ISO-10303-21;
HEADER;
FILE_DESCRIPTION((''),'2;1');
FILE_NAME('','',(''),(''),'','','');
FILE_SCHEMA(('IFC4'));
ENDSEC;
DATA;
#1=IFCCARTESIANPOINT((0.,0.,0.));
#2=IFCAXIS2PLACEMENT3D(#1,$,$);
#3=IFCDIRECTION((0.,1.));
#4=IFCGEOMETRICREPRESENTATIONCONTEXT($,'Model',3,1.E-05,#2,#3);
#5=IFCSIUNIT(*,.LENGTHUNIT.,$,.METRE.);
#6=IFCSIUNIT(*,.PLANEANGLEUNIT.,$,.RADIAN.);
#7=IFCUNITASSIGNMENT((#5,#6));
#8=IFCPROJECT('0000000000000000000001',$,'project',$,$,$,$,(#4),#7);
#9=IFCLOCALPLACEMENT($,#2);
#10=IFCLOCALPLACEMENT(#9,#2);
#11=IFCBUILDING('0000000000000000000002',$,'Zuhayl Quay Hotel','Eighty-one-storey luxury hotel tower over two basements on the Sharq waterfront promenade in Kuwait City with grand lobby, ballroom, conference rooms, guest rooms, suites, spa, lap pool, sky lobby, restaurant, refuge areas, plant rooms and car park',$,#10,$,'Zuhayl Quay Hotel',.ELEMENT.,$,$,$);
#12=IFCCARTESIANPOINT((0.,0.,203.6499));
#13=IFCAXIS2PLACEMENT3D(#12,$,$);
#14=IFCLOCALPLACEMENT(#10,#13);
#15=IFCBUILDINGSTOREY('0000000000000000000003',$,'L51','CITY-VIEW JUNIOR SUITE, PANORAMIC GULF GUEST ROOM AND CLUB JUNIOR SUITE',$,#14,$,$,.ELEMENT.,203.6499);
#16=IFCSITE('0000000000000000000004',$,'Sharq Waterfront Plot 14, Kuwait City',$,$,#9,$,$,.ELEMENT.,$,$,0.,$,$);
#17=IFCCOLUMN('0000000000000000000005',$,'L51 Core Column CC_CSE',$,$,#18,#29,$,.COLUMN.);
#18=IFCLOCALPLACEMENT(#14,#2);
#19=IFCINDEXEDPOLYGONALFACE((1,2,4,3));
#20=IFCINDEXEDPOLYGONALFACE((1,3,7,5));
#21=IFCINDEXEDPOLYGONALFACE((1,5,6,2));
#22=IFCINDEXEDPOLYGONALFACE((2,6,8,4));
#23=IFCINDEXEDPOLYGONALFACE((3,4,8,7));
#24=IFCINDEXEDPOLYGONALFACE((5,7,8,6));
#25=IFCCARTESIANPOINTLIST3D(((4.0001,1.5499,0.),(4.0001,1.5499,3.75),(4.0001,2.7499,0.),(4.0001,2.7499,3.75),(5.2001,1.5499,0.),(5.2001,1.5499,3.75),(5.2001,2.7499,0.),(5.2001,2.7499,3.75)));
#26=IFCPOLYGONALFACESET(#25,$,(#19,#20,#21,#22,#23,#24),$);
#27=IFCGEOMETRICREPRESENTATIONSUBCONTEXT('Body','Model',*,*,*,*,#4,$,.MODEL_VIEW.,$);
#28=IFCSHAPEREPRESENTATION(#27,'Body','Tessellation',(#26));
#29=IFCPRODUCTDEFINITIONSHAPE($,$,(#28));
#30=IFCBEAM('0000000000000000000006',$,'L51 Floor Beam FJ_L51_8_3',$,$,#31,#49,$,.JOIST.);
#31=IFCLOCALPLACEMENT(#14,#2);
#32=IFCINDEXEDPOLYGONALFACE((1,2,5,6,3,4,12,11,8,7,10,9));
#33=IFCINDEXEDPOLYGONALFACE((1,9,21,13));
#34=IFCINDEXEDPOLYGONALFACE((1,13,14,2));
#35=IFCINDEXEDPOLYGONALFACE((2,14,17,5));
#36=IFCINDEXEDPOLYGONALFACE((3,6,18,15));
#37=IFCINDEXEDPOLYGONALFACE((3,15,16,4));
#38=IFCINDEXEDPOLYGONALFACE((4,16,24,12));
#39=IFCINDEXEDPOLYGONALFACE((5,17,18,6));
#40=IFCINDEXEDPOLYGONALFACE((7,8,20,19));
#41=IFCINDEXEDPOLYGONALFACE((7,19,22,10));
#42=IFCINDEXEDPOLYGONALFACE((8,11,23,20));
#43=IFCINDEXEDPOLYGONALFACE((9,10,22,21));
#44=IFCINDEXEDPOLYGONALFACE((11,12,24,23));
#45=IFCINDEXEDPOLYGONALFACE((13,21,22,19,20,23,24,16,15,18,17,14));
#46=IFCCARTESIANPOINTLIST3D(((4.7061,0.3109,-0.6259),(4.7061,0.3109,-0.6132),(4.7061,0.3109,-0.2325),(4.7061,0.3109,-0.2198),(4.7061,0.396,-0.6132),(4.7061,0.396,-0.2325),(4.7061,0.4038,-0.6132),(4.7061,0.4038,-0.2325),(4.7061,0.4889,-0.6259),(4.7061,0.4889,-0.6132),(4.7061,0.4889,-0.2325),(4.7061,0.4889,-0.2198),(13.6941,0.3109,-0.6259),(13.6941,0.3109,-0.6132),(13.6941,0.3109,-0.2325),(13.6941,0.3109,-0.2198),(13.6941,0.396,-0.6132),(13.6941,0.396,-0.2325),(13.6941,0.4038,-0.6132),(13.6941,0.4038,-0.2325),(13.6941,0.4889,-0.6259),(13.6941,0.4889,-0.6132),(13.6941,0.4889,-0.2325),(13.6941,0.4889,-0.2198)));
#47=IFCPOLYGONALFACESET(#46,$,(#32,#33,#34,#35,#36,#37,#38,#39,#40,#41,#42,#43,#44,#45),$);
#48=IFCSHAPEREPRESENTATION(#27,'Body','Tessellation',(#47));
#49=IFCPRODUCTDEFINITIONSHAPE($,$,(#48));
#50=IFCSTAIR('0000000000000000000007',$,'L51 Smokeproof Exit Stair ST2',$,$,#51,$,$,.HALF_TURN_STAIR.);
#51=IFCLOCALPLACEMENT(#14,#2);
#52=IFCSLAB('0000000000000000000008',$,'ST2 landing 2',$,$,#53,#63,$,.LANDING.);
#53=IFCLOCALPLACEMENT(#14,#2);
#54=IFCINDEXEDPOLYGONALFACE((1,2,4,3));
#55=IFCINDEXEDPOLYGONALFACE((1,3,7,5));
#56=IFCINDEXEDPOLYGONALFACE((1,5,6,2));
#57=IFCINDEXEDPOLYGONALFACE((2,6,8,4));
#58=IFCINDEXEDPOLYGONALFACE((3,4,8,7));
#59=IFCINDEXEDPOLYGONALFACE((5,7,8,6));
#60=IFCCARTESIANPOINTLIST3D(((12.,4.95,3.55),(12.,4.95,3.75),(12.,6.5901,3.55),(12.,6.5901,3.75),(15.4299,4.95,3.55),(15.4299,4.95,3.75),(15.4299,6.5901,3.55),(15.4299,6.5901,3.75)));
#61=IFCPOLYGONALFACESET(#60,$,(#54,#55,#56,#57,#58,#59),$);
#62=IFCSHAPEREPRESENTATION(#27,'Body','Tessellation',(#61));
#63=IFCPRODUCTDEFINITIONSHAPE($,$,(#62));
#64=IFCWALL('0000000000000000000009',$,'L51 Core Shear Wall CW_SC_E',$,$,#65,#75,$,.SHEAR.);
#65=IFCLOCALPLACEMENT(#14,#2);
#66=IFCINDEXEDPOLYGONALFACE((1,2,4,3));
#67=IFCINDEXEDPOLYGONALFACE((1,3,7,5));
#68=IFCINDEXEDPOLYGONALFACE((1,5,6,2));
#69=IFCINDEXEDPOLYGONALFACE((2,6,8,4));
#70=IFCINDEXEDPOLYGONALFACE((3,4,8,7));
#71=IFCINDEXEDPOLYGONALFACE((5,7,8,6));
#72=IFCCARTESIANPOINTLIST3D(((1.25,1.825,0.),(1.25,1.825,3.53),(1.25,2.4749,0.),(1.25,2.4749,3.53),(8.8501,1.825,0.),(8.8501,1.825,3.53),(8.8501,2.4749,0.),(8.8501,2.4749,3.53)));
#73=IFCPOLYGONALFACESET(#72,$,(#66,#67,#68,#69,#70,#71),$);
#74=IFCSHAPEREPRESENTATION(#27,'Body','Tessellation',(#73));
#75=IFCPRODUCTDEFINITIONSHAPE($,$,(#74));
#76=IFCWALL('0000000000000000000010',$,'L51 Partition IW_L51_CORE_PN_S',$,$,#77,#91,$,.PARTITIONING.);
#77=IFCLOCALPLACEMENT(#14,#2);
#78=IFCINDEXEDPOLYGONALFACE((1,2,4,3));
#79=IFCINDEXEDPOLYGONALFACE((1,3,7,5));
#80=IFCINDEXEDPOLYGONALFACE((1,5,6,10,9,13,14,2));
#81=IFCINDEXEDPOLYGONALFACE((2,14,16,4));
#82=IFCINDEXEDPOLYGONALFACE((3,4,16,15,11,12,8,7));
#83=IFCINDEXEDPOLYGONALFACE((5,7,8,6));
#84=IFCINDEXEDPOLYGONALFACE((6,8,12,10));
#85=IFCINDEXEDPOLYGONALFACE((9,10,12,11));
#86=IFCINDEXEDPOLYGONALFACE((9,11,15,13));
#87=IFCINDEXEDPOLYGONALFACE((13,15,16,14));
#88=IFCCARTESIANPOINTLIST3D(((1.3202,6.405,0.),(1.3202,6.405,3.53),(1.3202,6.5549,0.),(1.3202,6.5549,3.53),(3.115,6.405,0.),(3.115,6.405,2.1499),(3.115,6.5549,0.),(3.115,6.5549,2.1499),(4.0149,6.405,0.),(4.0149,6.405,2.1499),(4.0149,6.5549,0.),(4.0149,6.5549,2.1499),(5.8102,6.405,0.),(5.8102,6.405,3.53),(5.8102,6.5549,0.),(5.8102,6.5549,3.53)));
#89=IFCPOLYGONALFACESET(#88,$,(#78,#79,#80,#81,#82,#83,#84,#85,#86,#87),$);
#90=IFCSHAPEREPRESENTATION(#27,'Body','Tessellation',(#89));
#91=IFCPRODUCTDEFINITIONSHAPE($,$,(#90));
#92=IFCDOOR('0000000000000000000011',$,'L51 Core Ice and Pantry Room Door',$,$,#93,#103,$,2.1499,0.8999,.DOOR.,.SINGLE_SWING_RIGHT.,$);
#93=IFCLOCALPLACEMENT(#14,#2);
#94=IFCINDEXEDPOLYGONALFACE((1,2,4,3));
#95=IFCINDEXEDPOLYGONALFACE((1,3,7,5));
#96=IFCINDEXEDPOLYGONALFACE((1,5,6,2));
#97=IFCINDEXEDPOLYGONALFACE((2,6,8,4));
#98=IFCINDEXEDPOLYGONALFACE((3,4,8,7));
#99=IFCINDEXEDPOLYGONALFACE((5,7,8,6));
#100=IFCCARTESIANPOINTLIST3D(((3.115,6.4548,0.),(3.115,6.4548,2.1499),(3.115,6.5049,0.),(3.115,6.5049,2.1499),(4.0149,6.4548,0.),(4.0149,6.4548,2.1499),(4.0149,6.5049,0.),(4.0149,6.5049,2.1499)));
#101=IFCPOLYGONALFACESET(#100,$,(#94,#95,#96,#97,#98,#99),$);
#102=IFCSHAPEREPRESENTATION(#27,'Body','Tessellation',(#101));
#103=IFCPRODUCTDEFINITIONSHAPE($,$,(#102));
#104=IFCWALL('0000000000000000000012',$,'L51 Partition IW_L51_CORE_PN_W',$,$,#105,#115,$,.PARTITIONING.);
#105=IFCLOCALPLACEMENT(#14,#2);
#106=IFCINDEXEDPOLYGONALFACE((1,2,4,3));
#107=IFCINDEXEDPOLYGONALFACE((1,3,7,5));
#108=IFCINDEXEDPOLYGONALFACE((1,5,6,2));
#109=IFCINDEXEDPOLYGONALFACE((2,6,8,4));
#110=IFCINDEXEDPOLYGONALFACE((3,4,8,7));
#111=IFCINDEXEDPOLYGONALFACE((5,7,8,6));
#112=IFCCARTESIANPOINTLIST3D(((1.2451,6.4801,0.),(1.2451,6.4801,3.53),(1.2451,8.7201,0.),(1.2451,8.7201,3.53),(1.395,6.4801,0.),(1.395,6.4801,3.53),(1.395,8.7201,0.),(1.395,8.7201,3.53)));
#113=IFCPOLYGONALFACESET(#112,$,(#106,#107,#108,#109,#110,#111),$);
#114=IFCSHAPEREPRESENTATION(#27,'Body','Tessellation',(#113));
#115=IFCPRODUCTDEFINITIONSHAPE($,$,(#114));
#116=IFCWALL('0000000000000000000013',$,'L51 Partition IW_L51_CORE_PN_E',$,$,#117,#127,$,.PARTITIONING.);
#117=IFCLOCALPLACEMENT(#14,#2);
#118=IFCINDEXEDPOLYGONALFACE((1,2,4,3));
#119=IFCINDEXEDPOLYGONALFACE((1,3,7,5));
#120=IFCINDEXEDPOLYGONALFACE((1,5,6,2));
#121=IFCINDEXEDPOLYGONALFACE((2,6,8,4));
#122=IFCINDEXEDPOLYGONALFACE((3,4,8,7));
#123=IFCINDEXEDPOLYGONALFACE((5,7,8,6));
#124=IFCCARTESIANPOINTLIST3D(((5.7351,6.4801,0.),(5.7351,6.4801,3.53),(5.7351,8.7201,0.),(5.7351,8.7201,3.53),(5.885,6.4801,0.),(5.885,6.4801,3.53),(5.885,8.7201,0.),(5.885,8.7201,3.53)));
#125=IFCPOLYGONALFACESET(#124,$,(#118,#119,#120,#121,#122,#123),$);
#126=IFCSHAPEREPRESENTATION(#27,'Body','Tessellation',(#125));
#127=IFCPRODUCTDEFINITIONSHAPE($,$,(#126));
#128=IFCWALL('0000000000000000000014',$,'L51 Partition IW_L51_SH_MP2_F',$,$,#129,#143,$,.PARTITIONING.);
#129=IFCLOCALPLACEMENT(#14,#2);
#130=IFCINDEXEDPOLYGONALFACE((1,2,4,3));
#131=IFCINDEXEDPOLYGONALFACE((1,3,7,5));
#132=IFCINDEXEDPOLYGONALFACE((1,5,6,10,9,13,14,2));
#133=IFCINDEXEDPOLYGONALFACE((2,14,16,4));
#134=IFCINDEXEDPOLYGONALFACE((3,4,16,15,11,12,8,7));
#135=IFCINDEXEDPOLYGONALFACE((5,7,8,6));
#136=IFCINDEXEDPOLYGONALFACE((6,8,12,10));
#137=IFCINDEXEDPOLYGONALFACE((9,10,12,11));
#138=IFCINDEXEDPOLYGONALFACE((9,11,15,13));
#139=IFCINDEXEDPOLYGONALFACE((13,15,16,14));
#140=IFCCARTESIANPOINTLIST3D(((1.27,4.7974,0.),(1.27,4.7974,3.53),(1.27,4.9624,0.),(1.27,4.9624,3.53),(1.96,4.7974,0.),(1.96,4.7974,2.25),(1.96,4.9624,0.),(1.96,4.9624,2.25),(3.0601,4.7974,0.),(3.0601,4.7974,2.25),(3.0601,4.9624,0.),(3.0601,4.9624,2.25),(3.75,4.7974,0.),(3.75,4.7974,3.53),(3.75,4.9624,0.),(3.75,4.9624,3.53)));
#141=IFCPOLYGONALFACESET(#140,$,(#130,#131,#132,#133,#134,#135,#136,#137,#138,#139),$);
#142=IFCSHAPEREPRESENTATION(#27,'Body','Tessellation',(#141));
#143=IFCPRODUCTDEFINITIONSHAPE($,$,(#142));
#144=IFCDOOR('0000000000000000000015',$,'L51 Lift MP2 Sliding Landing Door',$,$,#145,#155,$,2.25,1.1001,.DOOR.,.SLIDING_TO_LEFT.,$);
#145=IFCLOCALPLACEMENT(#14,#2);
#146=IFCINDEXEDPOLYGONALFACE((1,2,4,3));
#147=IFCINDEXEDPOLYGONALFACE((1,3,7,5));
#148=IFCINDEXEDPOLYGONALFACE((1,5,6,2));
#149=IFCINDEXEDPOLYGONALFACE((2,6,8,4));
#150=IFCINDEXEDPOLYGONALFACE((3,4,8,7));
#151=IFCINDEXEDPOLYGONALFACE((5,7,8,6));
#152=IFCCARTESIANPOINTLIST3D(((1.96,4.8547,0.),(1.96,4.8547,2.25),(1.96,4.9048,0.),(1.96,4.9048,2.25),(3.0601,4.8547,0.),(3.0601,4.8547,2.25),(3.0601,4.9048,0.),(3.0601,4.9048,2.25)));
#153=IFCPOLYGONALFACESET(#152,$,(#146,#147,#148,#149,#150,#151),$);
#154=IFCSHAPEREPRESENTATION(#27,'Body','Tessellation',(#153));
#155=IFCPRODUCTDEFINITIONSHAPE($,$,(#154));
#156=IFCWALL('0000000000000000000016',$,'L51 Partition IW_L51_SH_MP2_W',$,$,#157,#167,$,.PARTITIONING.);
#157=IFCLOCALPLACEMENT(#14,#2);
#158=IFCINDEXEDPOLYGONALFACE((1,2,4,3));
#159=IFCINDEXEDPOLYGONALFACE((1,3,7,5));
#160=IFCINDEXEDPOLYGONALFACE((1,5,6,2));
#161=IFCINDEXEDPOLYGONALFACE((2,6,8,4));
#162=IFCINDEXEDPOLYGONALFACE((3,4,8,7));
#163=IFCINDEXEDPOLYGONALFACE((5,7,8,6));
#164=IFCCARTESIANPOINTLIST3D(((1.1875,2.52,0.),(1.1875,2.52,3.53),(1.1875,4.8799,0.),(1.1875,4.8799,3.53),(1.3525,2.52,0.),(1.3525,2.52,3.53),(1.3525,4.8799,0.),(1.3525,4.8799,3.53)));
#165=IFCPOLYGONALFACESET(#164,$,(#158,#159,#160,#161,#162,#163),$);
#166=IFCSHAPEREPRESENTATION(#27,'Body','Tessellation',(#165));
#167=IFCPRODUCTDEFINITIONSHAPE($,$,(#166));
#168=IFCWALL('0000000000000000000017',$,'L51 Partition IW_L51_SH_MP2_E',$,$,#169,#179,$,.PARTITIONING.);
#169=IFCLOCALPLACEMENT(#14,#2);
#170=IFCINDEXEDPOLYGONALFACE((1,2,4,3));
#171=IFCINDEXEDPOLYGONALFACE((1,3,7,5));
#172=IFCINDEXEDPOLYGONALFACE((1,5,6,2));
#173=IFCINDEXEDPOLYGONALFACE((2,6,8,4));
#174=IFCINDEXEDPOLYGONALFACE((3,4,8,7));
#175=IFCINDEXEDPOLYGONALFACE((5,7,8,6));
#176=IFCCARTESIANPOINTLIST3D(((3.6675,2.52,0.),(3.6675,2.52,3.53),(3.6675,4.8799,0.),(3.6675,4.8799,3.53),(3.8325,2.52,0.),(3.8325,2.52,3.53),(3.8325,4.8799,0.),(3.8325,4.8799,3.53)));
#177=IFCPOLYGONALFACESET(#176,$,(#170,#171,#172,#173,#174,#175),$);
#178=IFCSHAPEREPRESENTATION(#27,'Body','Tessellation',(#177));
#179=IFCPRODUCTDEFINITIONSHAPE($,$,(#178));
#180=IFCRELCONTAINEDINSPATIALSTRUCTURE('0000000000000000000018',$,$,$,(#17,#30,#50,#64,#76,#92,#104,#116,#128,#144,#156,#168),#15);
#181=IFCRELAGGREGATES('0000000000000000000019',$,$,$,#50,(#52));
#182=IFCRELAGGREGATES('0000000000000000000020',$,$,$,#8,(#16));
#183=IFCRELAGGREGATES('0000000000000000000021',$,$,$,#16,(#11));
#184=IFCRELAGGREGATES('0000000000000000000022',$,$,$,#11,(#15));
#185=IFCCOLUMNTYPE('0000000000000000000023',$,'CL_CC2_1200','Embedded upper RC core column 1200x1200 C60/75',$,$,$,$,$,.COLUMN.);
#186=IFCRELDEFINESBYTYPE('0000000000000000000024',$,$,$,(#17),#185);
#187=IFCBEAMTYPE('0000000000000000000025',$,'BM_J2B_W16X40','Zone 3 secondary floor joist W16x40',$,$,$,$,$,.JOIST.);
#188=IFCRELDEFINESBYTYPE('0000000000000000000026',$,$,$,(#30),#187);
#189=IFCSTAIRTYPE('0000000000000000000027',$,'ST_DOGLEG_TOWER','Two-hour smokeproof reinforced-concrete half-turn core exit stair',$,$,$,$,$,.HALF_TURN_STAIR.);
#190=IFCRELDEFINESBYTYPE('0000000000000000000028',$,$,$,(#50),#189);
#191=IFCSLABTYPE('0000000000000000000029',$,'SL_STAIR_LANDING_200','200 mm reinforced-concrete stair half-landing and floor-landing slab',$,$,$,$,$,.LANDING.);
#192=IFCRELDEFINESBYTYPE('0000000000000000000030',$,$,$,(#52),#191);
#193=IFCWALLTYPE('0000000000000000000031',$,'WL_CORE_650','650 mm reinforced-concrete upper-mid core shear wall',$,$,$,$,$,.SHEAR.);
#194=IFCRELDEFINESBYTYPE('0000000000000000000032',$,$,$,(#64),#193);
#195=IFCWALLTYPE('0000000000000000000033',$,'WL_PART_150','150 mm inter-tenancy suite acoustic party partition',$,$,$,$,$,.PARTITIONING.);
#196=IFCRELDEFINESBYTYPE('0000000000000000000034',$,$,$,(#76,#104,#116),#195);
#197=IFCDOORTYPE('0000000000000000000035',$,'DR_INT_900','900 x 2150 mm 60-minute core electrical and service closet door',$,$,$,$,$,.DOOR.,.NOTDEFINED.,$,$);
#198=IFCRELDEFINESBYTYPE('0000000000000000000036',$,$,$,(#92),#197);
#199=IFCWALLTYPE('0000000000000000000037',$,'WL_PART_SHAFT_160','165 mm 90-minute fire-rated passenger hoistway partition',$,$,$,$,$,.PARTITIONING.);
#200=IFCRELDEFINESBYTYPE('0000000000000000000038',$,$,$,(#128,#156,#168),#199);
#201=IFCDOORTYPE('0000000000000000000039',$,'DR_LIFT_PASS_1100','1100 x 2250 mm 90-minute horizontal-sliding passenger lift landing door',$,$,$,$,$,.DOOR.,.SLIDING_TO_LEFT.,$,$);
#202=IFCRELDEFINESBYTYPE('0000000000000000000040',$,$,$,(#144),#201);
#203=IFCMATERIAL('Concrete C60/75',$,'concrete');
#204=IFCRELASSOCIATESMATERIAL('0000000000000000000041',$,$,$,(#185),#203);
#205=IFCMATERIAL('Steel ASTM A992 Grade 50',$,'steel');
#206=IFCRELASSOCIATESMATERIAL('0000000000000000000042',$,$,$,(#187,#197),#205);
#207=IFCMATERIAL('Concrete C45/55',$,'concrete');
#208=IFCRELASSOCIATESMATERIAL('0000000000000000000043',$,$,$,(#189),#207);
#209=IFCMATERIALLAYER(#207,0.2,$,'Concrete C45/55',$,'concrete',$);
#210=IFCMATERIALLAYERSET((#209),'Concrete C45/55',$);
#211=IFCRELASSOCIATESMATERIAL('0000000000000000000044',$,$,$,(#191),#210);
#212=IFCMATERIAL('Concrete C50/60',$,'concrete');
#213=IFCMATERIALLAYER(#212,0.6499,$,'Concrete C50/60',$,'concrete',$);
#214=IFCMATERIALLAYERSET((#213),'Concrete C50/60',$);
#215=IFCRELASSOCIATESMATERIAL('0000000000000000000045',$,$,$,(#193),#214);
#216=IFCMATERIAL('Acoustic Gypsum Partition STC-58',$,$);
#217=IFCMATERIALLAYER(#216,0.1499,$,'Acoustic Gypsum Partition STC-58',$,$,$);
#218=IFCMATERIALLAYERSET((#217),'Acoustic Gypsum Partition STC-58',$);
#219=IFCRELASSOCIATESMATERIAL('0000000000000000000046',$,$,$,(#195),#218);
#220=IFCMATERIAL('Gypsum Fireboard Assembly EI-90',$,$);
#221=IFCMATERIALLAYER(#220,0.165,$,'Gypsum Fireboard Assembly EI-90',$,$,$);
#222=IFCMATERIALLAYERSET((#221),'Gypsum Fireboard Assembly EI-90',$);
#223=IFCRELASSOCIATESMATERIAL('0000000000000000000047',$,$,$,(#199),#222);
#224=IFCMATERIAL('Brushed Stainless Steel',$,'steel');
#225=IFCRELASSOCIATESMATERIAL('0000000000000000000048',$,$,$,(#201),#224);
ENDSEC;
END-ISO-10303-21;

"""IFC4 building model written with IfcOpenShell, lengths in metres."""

from ifc_helpers import new_model, si_unit, direction, frame, frame_2d, origin, origin_2d, place, context, subcontext, project, spatial, polyline, rectangle, i_section, outline, extrude, material, layer, layer_set, material_profile, profile_set, type_object, element, fill, aggregate, save


model = new_model("IFC4")

# Units and contexts
model_context = context("Model", 3, precision=1e-05, world=origin(), true_north=direction((0.0, 1.0)))
body_context = subcontext(model_context, "Body", "Model", "MODEL_VIEW")
ifc_project = project(units=[si_unit("LENGTHUNIT", "METRE"), si_unit("PLANEANGLEUNIT", "RADIAN")], contexts=[model_context])

# Site, building, storey
site_placement = place(None, origin())
site = spatial("IfcSite", under=ifc_project, at=site_placement, Name="Sharq Waterfront Plot 14, Kuwait City", CompositionType="ELEMENT", RefElevation=0.0)
building_placement = place(site_placement, origin())
building = spatial("IfcBuilding", under=site, at=building_placement, Name="Zuhayl Quay Hotel", Description="Eighty-one-storey luxury hotel tower over two basements on the Sharq waterfront promenade in Kuwait City with grand lobby, ballroom, conference rooms, guest rooms, suites, spa, lap pool, sky lobby, restaurant, refuge areas, plant rooms and car park", LongName="Zuhayl Quay Hotel", CompositionType="ELEMENT")
storey_placement = place(building_placement, frame((0.0, 0.0, 203.6499)))
storey = spatial("IfcBuildingStorey", under=building, at=storey_placement, Name="L51", Description="CITY-VIEW JUNIOR SUITE, PANORAMIC GULF GUEST ROOM AND CLUB JUNIOR SUITE", CompositionType="ELEMENT", Elevation=203.6499)

# Column
ifc_material_1 = material(Name="Concrete C60/75", Category="concrete")
ifc_material_profile_1 = material_profile(ifc_material_1, rectangle(XDim=1.2, YDim=1.2, at=origin_2d()), Name="RC1200X1200")
ifc_profile_set_1 = profile_set([ifc_material_profile_1], Name="Concrete C60/75")
column_type = type_object("IfcColumnType", Name="CL_CC2_1200", Description="Embedded upper RC core column 1200x1200 C60/75", PredefinedType="COLUMN", material=ifc_profile_set_1)
column_placement = place(storey_placement, frame((4.6001, 2.1499, 0.0), z_axis=(0.0, 0.0, 1.0), x_axis=(1.0, 0.0, 0.0)))
element("IfcColumn", 1, at=column_placement, inside=storey, type_object=column_type, Name="L51 Core Column CC_CSE", PredefinedType="COLUMN", context=body_context, shape_type="SweptSolid", body=[
    extrude(rectangle(XDim=1.2, YDim=1.2, at=origin_2d()), origin(), (0.0, 0.0, 1.0), 3.75),
])

# Beam
ifc_material_2 = material(Name="Steel ASTM A992 Grade 50", Category="steel")
ifc_material_profile_2 = material_profile(ifc_material_2, i_section(OverallWidth=0.178, OverallDepth=0.406, WebThickness=0.0078, FlangeThickness=0.0127, at=origin_2d()), Name="W16X40")
ifc_profile_set_2 = profile_set([ifc_material_profile_2], Name="Steel ASTM A992 Grade 50")
beam_type = type_object("IfcBeamType", Name="BM_J2B_W16X40", Description="Zone 3 secondary floor joist W16x40", PredefinedType="JOIST", material=ifc_profile_set_2)
beam_placement = place(storey_placement, frame((4.7061, 0.3999, -0.4229), z_axis=(1.0, 0.0, 0.0), x_axis=(0.0, 1.0, 0.0)))
element("IfcBeam", 2, at=beam_placement, inside=storey, type_object=beam_type, Name="L51 Floor Beam FJ_L51_8_3", PredefinedType="JOIST", context=body_context, shape_type="SweptSolid", body=[
    extrude(i_section(OverallWidth=0.178, OverallDepth=0.406, WebThickness=0.0078, FlangeThickness=0.0127, at=origin_2d()), origin(), (0.0, 0.0, 1.0), 8.988),
])

# Stair, slab
ifc_material_3 = material(Name="Concrete C45/55", Category="concrete")
stair_type = type_object("IfcStairType", Name="ST_DOGLEG_TOWER", Description="Two-hour smokeproof reinforced-concrete half-turn core exit stair", PredefinedType="HALF_TURN_STAIR", material=ifc_material_3)
stair_placement = place(storey_placement, origin())
stair = element("IfcStair", 3, at=stair_placement, inside=storey, type_object=stair_type, Name="L51 Smokeproof Exit Stair ST2", PredefinedType="HALF_TURN_STAIR")
ifc_layer_1 = layer(ifc_material_3, 0.2, Name="Concrete C45/55", Category="concrete")
ifc_layer_set_1 = layer_set([ifc_layer_1], Name="Concrete C45/55")
slab_type = type_object("IfcSlabType", Name="SL_STAIR_LANDING_200", Description="200 mm reinforced-concrete stair half-landing and floor-landing slab", PredefinedType="LANDING", material=ifc_layer_set_1)
slab_placement = place(storey_placement, frame((0.0, 0.0, 3.55)))
slab = element("IfcSlab", 4, at=slab_placement, type_object=slab_type, Name="ST2 landing 2", PredefinedType="LANDING", context=body_context, shape_type="SweptSolid", body=[
    extrude(outline(polyline([(15.4299, 4.95), (15.4299, 6.5901), (12.0, 6.5901), (12.0, 4.95), (15.4299, 4.95)])), origin(), (0.0, 0.0, 1.0), 0.2),
])
aggregate(stair, [slab])

# Wall
ifc_material_4 = material(Name="Concrete C50/60", Category="concrete")
ifc_layer_2 = layer(ifc_material_4, 0.6499, Name="Concrete C50/60", Category="concrete")
ifc_layer_set_2 = layer_set([ifc_layer_2], Name="Concrete C50/60")
wall_type_1 = type_object("IfcWallType", Name="WL_CORE_650", Description="650 mm reinforced-concrete upper-mid core shear wall", PredefinedType="SHEAR", material=ifc_layer_set_2)
wall_1_placement = place(storey_placement, frame((1.25, 2.1499, 0.0), z_axis=(0.0, 0.0, 1.0), x_axis=(1.0, 0.0, 0.0)))
element("IfcWall", 5, at=wall_1_placement, inside=storey, type_object=wall_type_1, Name="L51 Core Shear Wall CW_SC_E", PredefinedType="SHEAR", context=body_context, shape_type="SweptSolid", body=[
    extrude(rectangle(XDim=7.6001, YDim=0.6499, at=frame_2d((3.8, 0.0))), origin(), (0.0, 0.0, 1.0), 3.53),
])

# Wall, opening, door
ifc_material_5 = material(Name="Acoustic Gypsum Partition STC-58")
ifc_layer_3 = layer(ifc_material_5, 0.1499, Name="Acoustic Gypsum Partition STC-58")
ifc_layer_set_3 = layer_set([ifc_layer_3], Name="Acoustic Gypsum Partition STC-58")
wall_type_2 = type_object("IfcWallType", Name="WL_PART_150", Description="150 mm inter-tenancy suite acoustic party partition", PredefinedType="PARTITIONING", material=ifc_layer_set_3)
wall_2_placement = place(storey_placement, frame((1.3201, 6.48, 0.0), z_axis=(0.0, 0.0, 1.0), x_axis=(1.0, 0.0, 0.0)))
wall_2 = element("IfcWall", 6, at=wall_2_placement, inside=storey, type_object=wall_type_2, Name="L51 Partition IW_L51_CORE_PN_S", PredefinedType="PARTITIONING", context=body_context, shape_type="SweptSolid", body=[
    extrude(rectangle(XDim=4.49, YDim=0.1499, at=frame_2d((2.2451, 0.0))), origin(), (0.0, 0.0, 1.0), 3.53),
])
opening_1_placement = place(wall_2_placement, frame((1.7949, 0.0, 0.0)))
opening_1 = element("IfcOpeningElement", 7, at=opening_1_placement, cuts=wall_2, PredefinedType="OPENING", context=body_context, shape_type="SweptSolid", body=[
    extrude(rectangle(XDim=0.8999, YDim=2.1499, at=frame_2d((0.45, 1.075))), frame((0.0, 0.085, 0.0), z_axis=(0.0, -1.0, 0.0), x_axis=(1.0, 0.0, 0.0)), (0.0, 0.0, 1.0), 0.1699),
])
door_type_1 = type_object("IfcDoorType", Name="DR_INT_900", Description="900 x 2150 mm 60-minute core electrical and service closet door", OperationType="NOTDEFINED", PredefinedType="DOOR", material=ifc_material_2)
door_1_placement = place(opening_1_placement, origin())
door_1 = element("IfcDoor", 8, at=door_1_placement, inside=storey, type_object=door_type_1, Name="L51 Core Ice and Pantry Room Door", OperationType="SINGLE_SWING_RIGHT", OverallHeight=2.1499, OverallWidth=0.8999, PredefinedType="DOOR", context=body_context, shape_type="SweptSolid", body=[
    extrude(rectangle(XDim=0.8999, YDim=2.1499, at=frame_2d((0.45, 1.075))), frame((0.0, 0.0249, 0.0), z_axis=(0.0, -1.0, 0.0), x_axis=(1.0, 0.0, 0.0)), (0.0, 0.0, 1.0), 0.05),
])
fill(opening_1, door_1)

# Walls
for number, where, z_axis, x_axis, name in (
    (9, (1.3201, 6.48, 0.0), (0.0, 0.0, 1.0), (0.0, 1.0, 0.0), "L51 Partition IW_L51_CORE_PN_W"),
    (10, (5.8101, 6.48, 0.0), (0.0, 0.0, 1.0), (0.0, 1.0, 0.0), "L51 Partition IW_L51_CORE_PN_E"),
):
    element("IfcWall", number, at=place(storey_placement, frame(where, z_axis=z_axis, x_axis=x_axis)), inside=storey, type_object=wall_type_2, Name=name, PredefinedType="PARTITIONING", context=body_context, shape_type="SweptSolid", body=[
        extrude(rectangle(XDim=2.24, YDim=0.1499, at=frame_2d((1.1201, 0.0))), origin(), (0.0, 0.0, 1.0), 3.53),
    ])

# Wall, opening, door
ifc_material_6 = material(Name="Gypsum Fireboard Assembly EI-90")
ifc_layer_4 = layer(ifc_material_6, 0.165, Name="Gypsum Fireboard Assembly EI-90")
ifc_layer_set_4 = layer_set([ifc_layer_4], Name="Gypsum Fireboard Assembly EI-90")
wall_type_3 = type_object("IfcWallType", Name="WL_PART_SHAFT_160", Description="165 mm 90-minute fire-rated passenger hoistway partition", PredefinedType="PARTITIONING", material=ifc_layer_set_4)
wall_3_placement = place(storey_placement, frame((1.27, 4.8799, 0.0), z_axis=(0.0, 0.0, 1.0), x_axis=(1.0, 0.0, 0.0)))
wall_3 = element("IfcWall", 11, at=wall_3_placement, inside=storey, type_object=wall_type_3, Name="L51 Partition IW_L51_SH_MP2_F", PredefinedType="PARTITIONING", context=body_context, shape_type="SweptSolid", body=[
    extrude(rectangle(XDim=2.48, YDim=0.165, at=frame_2d((1.24, 0.0))), origin(), (0.0, 0.0, 1.0), 3.53),
])
opening_2_placement = place(wall_3_placement, frame((0.6899, 0.0, 0.0)))
opening_2 = element("IfcOpeningElement", 12, at=opening_2_placement, cuts=wall_3, PredefinedType="OPENING", context=body_context, shape_type="SweptSolid", body=[
    extrude(rectangle(XDim=1.1001, YDim=2.25, at=frame_2d((0.55, 1.125))), frame((0.0, 0.0925, 0.0), z_axis=(0.0, -1.0, 0.0), x_axis=(1.0, 0.0, 0.0)), (0.0, 0.0, 1.0), 0.1851),
])
ifc_material_7 = material(Name="Brushed Stainless Steel", Category="steel")
door_type_2 = type_object("IfcDoorType", Name="DR_LIFT_PASS_1100", Description="1100 x 2250 mm 90-minute horizontal-sliding passenger lift landing door", OperationType="SLIDING_TO_LEFT", PredefinedType="DOOR", material=ifc_material_7)
door_2_placement = place(opening_2_placement, origin())
door_2 = element("IfcDoor", 13, at=door_2_placement, inside=storey, type_object=door_type_2, Name="L51 Lift MP2 Sliding Landing Door", OperationType="SLIDING_TO_LEFT", OverallHeight=2.25, OverallWidth=1.1001, PredefinedType="DOOR", context=body_context, shape_type="SweptSolid", body=[
    extrude(rectangle(XDim=1.1001, YDim=2.25, at=frame_2d((0.55, 1.125))), frame((0.0, 0.0249, 0.0), z_axis=(0.0, -1.0, 0.0), x_axis=(1.0, 0.0, 0.0)), (0.0, 0.0, 1.0), 0.05),
])
fill(opening_2, door_2)

# Walls
for number, where, z_axis, x_axis, name in (
    (14, (1.27, 2.52, 0.0), (0.0, 0.0, 1.0), (0.0, 1.0, 0.0), "L51 Partition IW_L51_SH_MP2_W"),
    (15, (3.75, 2.52, 0.0), (0.0, 0.0, 1.0), (0.0, 1.0, 0.0), "L51 Partition IW_L51_SH_MP2_E"),
):
    element("IfcWall", number, at=place(storey_placement, frame(where, z_axis=z_axis, x_axis=x_axis)), inside=storey, type_object=wall_type_3, Name=name, PredefinedType="PARTITIONING", context=body_context, shape_type="SweptSolid", body=[
        extrude(rectangle(XDim=2.3599, YDim=0.165, at=frame_2d((1.1799, 0.0))), origin(), (0.0, 0.0, 1.0), 3.53),
    ])

save(model, "model.ifc")
